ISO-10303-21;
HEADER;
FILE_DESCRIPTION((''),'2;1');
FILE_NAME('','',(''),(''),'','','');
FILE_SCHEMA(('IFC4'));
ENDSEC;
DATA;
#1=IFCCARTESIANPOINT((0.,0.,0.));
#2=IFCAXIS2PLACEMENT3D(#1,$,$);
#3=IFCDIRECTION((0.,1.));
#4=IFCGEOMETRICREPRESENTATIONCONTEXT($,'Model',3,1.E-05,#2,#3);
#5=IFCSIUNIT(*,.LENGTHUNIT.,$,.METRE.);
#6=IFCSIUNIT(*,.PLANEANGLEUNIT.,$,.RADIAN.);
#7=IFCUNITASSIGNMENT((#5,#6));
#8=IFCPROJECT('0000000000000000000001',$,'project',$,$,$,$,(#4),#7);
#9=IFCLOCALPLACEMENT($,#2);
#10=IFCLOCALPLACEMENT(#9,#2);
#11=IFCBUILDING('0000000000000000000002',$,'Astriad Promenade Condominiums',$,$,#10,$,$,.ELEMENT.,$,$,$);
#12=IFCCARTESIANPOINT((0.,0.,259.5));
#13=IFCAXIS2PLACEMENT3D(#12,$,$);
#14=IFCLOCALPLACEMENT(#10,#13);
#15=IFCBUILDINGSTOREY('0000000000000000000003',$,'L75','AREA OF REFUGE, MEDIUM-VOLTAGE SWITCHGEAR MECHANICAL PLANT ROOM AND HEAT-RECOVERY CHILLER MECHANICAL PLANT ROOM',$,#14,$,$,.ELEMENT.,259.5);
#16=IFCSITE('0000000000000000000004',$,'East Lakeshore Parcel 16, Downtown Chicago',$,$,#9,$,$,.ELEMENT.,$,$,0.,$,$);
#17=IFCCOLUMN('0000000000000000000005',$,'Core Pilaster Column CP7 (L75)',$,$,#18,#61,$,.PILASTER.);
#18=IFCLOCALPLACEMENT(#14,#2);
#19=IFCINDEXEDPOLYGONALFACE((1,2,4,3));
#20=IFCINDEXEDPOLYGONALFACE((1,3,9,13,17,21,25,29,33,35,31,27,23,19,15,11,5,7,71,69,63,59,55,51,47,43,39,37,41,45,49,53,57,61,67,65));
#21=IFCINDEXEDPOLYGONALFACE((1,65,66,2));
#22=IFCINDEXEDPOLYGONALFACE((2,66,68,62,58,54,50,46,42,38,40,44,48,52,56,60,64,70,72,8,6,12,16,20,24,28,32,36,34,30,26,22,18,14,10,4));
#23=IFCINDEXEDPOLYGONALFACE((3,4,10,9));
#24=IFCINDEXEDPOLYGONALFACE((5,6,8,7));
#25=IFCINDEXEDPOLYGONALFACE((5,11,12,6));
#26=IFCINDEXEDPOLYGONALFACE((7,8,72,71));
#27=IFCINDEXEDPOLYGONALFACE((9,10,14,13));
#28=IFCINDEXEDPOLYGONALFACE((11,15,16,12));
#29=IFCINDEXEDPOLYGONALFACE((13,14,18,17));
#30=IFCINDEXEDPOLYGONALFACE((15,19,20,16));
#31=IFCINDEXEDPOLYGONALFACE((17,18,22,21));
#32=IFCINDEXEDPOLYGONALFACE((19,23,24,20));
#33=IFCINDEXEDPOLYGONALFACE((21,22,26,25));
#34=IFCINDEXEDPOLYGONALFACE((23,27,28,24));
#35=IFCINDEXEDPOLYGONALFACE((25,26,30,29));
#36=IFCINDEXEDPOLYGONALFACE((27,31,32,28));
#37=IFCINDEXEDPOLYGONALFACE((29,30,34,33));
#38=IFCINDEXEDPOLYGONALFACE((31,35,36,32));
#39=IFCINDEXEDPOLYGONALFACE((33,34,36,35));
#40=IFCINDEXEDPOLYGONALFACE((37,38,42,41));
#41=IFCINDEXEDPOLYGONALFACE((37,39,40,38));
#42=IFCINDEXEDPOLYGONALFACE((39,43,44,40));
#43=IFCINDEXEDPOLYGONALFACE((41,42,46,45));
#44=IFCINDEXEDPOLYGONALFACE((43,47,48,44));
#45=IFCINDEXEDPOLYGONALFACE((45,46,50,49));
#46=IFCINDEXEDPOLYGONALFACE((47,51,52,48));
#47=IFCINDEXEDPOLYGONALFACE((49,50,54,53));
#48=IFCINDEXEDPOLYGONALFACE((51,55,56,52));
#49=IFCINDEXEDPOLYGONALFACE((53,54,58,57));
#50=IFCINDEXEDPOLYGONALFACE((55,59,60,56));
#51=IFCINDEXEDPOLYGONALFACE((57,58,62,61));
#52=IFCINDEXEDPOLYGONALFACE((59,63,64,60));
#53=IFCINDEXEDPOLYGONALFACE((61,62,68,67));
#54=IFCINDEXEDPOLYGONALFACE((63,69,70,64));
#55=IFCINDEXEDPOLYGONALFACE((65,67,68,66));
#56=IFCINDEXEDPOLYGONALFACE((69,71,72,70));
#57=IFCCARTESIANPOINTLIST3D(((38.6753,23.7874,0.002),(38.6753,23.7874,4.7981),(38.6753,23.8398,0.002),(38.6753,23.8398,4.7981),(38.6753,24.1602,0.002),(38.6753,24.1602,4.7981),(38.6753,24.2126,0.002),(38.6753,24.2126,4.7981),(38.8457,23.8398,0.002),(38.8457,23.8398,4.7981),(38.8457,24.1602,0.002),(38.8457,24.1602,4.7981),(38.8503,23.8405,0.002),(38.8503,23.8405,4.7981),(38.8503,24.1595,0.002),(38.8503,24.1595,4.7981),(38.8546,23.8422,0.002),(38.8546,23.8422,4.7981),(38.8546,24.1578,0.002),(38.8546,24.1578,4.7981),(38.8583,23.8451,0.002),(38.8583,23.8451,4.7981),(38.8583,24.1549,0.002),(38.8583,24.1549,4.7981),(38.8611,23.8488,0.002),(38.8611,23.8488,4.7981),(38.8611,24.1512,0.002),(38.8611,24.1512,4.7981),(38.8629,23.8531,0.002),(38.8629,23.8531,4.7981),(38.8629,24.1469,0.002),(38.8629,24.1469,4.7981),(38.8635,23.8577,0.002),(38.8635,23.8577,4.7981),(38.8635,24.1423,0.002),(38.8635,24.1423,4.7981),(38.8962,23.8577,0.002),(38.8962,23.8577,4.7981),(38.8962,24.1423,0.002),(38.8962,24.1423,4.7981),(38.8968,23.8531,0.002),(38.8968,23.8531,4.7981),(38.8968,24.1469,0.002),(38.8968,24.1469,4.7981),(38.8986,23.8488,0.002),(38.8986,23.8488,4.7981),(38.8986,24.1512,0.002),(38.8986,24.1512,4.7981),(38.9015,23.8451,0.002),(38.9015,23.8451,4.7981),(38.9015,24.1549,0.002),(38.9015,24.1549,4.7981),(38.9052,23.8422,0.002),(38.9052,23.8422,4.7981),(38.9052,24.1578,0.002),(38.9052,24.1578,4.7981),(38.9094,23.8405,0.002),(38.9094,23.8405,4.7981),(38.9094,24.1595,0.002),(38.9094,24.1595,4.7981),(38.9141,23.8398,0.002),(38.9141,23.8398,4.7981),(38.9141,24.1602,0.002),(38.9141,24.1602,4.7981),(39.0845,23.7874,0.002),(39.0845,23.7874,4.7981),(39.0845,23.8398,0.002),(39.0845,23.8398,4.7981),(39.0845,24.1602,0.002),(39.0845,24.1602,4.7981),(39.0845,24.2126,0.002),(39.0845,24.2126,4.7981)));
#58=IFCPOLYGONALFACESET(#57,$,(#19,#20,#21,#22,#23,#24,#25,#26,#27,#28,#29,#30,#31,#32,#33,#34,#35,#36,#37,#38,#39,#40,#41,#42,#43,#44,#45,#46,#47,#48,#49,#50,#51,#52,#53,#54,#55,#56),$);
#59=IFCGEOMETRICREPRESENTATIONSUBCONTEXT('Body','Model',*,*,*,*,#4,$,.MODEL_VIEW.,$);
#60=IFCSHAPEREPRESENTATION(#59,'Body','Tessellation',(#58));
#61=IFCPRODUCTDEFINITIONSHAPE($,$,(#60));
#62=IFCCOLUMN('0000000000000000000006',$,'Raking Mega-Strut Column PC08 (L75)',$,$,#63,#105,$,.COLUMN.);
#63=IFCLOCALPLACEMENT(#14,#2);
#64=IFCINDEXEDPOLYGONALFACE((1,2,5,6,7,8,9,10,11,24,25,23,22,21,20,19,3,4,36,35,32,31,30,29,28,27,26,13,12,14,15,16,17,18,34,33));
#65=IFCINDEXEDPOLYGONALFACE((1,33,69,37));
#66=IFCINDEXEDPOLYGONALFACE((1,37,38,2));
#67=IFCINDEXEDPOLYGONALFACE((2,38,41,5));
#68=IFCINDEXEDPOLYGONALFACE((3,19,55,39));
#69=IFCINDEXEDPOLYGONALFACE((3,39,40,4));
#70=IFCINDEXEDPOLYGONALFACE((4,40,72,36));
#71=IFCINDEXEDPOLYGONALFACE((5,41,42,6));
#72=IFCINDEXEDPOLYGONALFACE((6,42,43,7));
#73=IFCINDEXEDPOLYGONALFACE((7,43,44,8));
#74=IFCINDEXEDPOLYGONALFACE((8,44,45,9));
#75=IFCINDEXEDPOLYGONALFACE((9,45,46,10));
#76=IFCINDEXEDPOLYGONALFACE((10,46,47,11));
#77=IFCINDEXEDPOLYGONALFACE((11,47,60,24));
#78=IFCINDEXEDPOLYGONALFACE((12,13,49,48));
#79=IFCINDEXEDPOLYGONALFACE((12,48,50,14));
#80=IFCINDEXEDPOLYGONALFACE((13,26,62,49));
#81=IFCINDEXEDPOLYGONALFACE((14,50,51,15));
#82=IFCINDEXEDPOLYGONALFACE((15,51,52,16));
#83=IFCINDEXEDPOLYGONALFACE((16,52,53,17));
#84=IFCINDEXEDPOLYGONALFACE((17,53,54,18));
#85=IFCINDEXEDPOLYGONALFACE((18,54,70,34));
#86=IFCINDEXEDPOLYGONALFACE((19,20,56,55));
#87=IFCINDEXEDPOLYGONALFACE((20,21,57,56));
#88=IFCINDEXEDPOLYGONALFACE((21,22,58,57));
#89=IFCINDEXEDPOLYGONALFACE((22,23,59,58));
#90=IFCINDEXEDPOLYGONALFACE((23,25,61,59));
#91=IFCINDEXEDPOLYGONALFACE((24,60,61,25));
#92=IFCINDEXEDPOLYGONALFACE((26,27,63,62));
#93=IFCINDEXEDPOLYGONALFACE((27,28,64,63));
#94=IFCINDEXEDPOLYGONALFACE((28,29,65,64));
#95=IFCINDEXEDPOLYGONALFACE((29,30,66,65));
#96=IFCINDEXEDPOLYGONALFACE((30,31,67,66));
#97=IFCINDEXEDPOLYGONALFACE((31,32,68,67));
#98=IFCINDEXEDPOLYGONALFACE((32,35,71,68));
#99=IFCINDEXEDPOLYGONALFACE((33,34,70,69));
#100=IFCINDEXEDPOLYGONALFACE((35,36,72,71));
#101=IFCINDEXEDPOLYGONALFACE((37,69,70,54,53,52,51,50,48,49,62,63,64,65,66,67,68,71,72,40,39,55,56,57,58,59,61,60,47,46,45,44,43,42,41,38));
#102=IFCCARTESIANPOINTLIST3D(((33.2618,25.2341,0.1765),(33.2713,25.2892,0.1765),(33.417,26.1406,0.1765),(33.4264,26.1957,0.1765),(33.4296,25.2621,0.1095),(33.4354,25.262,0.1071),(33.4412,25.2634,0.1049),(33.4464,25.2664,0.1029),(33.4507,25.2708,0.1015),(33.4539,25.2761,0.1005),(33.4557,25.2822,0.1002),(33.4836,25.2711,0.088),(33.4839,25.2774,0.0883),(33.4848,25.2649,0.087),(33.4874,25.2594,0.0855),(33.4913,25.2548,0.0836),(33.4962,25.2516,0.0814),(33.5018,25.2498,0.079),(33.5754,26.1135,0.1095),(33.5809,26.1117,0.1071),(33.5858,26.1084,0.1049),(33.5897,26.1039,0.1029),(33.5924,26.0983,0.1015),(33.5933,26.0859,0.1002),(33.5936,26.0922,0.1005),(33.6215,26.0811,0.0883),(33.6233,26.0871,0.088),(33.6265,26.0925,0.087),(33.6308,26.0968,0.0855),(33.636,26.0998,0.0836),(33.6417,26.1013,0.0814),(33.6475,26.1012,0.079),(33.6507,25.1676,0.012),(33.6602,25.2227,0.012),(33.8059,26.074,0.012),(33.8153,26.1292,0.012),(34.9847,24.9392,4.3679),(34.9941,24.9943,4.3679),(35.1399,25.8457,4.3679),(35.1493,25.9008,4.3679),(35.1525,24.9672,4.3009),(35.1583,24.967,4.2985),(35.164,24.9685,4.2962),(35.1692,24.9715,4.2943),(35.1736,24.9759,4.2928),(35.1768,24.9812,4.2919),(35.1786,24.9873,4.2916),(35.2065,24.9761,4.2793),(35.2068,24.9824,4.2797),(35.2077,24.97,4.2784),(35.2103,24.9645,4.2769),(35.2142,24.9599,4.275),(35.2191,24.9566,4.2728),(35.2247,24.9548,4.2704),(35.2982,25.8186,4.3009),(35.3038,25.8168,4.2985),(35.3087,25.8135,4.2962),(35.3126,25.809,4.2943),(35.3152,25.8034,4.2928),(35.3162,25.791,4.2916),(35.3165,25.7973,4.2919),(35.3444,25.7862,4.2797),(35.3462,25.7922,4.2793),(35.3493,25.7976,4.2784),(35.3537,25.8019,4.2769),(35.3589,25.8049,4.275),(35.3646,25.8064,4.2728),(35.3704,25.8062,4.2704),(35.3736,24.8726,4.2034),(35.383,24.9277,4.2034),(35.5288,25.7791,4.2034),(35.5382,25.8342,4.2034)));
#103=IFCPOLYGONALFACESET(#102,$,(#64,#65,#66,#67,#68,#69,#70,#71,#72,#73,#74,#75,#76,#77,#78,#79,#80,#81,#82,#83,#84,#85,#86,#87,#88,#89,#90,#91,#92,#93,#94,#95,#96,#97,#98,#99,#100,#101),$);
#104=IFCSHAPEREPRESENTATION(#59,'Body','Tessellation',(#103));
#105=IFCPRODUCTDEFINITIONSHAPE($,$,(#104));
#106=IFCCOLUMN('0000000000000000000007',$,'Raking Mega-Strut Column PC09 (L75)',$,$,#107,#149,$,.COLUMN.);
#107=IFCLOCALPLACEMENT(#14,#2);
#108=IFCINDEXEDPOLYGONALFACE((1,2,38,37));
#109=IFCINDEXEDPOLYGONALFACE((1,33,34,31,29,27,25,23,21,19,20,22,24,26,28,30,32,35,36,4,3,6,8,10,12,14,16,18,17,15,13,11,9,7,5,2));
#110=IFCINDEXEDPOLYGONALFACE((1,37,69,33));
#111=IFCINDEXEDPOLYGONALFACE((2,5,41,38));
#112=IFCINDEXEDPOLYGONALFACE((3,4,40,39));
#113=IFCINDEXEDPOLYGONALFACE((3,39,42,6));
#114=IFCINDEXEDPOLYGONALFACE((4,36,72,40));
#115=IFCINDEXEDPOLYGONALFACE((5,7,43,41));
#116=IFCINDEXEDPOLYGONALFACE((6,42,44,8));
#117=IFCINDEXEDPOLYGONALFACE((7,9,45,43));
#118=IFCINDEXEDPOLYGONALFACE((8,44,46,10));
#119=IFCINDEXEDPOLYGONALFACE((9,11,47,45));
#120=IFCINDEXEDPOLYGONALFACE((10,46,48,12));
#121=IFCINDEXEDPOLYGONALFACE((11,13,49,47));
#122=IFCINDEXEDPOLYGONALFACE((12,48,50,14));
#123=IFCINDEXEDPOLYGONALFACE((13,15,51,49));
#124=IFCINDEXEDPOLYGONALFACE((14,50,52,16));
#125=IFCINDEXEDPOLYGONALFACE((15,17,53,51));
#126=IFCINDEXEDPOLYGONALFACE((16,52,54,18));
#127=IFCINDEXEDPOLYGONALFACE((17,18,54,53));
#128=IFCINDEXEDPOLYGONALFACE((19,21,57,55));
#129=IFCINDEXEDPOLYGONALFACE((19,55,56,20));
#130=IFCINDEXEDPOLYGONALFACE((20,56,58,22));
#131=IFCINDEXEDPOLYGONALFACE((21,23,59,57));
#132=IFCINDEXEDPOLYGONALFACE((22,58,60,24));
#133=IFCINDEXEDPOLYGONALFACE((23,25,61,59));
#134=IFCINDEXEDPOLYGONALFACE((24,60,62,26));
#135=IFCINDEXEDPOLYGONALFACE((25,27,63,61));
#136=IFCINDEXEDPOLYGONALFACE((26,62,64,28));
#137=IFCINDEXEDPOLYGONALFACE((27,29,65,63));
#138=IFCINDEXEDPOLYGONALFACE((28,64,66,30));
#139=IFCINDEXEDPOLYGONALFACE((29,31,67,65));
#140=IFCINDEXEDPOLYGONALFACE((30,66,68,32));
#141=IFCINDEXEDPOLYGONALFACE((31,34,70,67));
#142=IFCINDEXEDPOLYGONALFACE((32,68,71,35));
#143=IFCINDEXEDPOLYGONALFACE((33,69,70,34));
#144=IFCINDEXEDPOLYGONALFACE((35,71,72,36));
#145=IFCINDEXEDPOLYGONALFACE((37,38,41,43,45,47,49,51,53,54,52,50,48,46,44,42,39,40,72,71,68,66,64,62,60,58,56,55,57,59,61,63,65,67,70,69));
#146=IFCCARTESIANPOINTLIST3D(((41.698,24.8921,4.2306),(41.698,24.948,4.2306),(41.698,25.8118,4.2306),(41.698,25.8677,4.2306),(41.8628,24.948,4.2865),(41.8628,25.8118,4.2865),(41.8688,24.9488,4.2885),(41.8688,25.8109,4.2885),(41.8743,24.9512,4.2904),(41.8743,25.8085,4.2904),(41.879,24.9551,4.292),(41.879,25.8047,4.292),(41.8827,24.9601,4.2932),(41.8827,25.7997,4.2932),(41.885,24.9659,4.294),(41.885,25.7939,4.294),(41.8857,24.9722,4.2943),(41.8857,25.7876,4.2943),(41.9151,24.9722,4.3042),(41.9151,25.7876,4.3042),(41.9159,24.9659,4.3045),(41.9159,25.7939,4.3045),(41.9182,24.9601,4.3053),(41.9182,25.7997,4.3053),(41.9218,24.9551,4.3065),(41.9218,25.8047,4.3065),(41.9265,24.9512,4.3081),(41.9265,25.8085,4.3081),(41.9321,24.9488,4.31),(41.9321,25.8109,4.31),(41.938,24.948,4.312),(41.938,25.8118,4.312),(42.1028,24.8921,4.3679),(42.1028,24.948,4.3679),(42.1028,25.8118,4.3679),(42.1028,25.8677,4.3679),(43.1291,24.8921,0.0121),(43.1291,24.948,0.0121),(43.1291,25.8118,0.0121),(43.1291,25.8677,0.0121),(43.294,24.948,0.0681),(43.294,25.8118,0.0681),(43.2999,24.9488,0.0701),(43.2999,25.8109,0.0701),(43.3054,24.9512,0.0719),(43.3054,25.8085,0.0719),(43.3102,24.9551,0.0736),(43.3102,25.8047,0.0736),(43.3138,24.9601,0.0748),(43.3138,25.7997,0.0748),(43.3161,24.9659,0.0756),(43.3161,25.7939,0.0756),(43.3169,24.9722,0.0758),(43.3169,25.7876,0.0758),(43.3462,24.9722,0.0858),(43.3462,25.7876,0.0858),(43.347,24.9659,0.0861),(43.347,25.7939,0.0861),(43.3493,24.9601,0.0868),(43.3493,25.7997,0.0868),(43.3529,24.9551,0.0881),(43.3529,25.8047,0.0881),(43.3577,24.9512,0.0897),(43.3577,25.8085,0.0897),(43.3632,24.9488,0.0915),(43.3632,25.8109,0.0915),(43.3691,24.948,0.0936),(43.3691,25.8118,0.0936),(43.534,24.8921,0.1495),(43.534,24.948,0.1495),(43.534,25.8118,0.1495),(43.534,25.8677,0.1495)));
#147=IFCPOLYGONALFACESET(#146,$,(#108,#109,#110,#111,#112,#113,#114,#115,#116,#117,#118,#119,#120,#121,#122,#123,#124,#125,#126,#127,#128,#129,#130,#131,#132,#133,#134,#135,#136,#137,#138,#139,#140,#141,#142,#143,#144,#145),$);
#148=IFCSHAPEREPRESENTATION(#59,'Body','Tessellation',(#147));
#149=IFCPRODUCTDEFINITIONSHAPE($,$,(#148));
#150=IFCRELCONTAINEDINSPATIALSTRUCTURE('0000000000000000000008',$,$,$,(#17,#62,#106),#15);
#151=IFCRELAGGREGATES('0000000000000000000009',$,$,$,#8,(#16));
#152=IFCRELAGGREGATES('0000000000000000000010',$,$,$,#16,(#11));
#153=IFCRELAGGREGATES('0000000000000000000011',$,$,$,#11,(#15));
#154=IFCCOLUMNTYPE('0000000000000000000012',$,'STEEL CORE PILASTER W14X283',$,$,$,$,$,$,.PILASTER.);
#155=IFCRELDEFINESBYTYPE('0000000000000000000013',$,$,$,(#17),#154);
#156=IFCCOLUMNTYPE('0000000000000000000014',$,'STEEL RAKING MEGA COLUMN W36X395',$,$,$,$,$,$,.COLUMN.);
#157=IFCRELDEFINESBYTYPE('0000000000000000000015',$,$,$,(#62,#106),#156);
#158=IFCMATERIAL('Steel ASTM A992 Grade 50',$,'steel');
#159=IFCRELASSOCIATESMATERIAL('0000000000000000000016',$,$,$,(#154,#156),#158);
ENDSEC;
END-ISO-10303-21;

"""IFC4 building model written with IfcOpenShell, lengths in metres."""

from ifc_helpers import new_model, si_unit, direction, frame, origin, origin_2d, place, context, subcontext, project, spatial, i_section, extrude, source, transform, mapped, material, material_profile, profile_set, type_object, type_shapes, element, save


model = new_model("IFC4")

# Units and contexts
model_context = context("Model", 3, precision=1e-05, world=origin(), true_north=direction((0.0, 1.0)))
body_context = subcontext(model_context, "Body", "Model", "MODEL_VIEW")
ifc_project = project(units=[si_unit("LENGTHUNIT", "METRE"), si_unit("PLANEANGLEUNIT", "RADIAN")], contexts=[model_context])

# Site, building, storey
site_placement = place(None, origin())
site = spatial("IfcSite", under=ifc_project, at=site_placement, Name="East Lakeshore Parcel 16, Downtown Chicago", CompositionType="ELEMENT", RefElevation=0.0)
building_placement = place(site_placement, origin())
building = spatial("IfcBuilding", under=site, at=building_placement, Name="Astriad Promenade Condominiums", CompositionType="ELEMENT")
storey_placement = place(building_placement, frame((0.0, 0.0, 259.5)))
storey = spatial("IfcBuildingStorey", under=building, at=storey_placement, Name="L75", Description="AREA OF REFUGE, MEDIUM-VOLTAGE SWITCHGEAR MECHANICAL PLANT ROOM AND HEAT-RECOVERY CHILLER MECHANICAL PLANT ROOM", CompositionType="ELEMENT", Elevation=259.5)

# Columns
ifc_material_1 = material(Name="Steel ASTM A992 Grade 50", Category="steel")
ifc_material_profile_1 = material_profile(ifc_material_1, i_section(OverallWidth=0.4092, OverallDepth=0.4253, WebThickness=0.0327, FlangeThickness=0.0525, FilletRadius=0.0178, at=origin_2d()), Name="W14X283")
ifc_profile_set_1 = profile_set([ifc_material_profile_1], Name="Steel ASTM A992 Grade 50")
column_type_1 = type_object("IfcColumnType", Name="STEEL CORE PILASTER W14X283", PredefinedType="PILASTER", material=ifc_profile_set_1)
shared_shape_1 = source(origin(), body_context, "Body", "SweptSolid", [
    extrude(i_section(OverallWidth=0.4092, OverallDepth=0.4253, WebThickness=0.0327, FlangeThickness=0.0525, FilletRadius=0.0178, at=origin_2d()), origin(), (0.0, 0.0, 1.0), 4.7961),
])
type_shapes(column_type_1, [shared_shape_1])
column_1_placement = place(storey_placement, frame((38.8799, 24.0, 0.002), z_axis=(0.0, 0.0, 1.0), x_axis=(1.0, 0.0, 0.0)))
element("IfcColumn", 1, at=column_1_placement, inside=storey, type_object=column_type_1, Name="Core Pilaster Column CP7 (L75)", PredefinedType="PILASTER", context=body_context, shape_type="MappedRepresentation", body=[
    mapped(shared_shape_1, transform((0.0, 0.0, 0.0), scale=1.0)),
])
ifc_material_profile_2 = material_profile(ifc_material_1, i_section(OverallWidth=0.4275, OverallDepth=0.9756, WebThickness=0.031, FlangeThickness=0.0559, FilletRadius=0.0242, at=origin_2d()), Name="W36X395")
ifc_profile_set_2 = profile_set([ifc_material_profile_2], Name="Steel ASTM A992 Grade 50")
column_type_2 = type_object("IfcColumnType", Name="STEEL RAKING MEGA COLUMN W36X395", PredefinedType="COLUMN", material=ifc_profile_set_2)
shared_shape_2 = source(origin(), body_context, "Body", "SweptSolid", [
    extrude(i_section(OverallWidth=0.4275, OverallDepth=0.9756, WebThickness=0.031, FlangeThickness=0.0559, FilletRadius=0.0242, at=origin_2d()), origin(), (0.0, 0.0, 1.0), 4.5413),
])
column_2_placement = place(storey_placement, frame((33.5386, 25.6816, 0.0942), z_axis=(0.379386, -0.064942, 0.922956), x_axis=(-0.909724, 0.155724, 0.384904)))
element("IfcColumn", 2, at=column_2_placement, inside=storey, type_object=column_type_2, Name="Raking Mega-Strut Column PC08 (L75)", PredefinedType="COLUMN", context=body_context, shape_type="MappedRepresentation", body=[
    mapped(shared_shape_2, transform((0.0, 0.0, 0.0), scale=1.0)),
])
shared_shape_3 = source(origin(), body_context, "Body", "SweptSolid", [
    extrude(i_section(OverallWidth=0.4275, OverallDepth=0.9756, WebThickness=0.031, FlangeThickness=0.0559, FilletRadius=0.0242, at=origin_2d()), origin(), (0.0, 0.0, 1.0), 4.4546),
])
type_shapes(column_type_2, [shared_shape_2, shared_shape_3])
column_3_placement = place(storey_placement, frame((43.3315, 25.3799, 0.0808), z_axis=(-0.321271, 0.0, 0.946987), x_axis=(0.946987, 0.0, 0.321271)))
element("IfcColumn", 3, at=column_3_placement, inside=storey, type_object=column_type_2, Name="Raking Mega-Strut Column PC09 (L75)", PredefinedType="COLUMN", context=body_context, shape_type="MappedRepresentation", body=[
    mapped(shared_shape_3, transform((0.0, 0.0, 0.0), scale=1.0)),
])

save(model, "model.ifc")
